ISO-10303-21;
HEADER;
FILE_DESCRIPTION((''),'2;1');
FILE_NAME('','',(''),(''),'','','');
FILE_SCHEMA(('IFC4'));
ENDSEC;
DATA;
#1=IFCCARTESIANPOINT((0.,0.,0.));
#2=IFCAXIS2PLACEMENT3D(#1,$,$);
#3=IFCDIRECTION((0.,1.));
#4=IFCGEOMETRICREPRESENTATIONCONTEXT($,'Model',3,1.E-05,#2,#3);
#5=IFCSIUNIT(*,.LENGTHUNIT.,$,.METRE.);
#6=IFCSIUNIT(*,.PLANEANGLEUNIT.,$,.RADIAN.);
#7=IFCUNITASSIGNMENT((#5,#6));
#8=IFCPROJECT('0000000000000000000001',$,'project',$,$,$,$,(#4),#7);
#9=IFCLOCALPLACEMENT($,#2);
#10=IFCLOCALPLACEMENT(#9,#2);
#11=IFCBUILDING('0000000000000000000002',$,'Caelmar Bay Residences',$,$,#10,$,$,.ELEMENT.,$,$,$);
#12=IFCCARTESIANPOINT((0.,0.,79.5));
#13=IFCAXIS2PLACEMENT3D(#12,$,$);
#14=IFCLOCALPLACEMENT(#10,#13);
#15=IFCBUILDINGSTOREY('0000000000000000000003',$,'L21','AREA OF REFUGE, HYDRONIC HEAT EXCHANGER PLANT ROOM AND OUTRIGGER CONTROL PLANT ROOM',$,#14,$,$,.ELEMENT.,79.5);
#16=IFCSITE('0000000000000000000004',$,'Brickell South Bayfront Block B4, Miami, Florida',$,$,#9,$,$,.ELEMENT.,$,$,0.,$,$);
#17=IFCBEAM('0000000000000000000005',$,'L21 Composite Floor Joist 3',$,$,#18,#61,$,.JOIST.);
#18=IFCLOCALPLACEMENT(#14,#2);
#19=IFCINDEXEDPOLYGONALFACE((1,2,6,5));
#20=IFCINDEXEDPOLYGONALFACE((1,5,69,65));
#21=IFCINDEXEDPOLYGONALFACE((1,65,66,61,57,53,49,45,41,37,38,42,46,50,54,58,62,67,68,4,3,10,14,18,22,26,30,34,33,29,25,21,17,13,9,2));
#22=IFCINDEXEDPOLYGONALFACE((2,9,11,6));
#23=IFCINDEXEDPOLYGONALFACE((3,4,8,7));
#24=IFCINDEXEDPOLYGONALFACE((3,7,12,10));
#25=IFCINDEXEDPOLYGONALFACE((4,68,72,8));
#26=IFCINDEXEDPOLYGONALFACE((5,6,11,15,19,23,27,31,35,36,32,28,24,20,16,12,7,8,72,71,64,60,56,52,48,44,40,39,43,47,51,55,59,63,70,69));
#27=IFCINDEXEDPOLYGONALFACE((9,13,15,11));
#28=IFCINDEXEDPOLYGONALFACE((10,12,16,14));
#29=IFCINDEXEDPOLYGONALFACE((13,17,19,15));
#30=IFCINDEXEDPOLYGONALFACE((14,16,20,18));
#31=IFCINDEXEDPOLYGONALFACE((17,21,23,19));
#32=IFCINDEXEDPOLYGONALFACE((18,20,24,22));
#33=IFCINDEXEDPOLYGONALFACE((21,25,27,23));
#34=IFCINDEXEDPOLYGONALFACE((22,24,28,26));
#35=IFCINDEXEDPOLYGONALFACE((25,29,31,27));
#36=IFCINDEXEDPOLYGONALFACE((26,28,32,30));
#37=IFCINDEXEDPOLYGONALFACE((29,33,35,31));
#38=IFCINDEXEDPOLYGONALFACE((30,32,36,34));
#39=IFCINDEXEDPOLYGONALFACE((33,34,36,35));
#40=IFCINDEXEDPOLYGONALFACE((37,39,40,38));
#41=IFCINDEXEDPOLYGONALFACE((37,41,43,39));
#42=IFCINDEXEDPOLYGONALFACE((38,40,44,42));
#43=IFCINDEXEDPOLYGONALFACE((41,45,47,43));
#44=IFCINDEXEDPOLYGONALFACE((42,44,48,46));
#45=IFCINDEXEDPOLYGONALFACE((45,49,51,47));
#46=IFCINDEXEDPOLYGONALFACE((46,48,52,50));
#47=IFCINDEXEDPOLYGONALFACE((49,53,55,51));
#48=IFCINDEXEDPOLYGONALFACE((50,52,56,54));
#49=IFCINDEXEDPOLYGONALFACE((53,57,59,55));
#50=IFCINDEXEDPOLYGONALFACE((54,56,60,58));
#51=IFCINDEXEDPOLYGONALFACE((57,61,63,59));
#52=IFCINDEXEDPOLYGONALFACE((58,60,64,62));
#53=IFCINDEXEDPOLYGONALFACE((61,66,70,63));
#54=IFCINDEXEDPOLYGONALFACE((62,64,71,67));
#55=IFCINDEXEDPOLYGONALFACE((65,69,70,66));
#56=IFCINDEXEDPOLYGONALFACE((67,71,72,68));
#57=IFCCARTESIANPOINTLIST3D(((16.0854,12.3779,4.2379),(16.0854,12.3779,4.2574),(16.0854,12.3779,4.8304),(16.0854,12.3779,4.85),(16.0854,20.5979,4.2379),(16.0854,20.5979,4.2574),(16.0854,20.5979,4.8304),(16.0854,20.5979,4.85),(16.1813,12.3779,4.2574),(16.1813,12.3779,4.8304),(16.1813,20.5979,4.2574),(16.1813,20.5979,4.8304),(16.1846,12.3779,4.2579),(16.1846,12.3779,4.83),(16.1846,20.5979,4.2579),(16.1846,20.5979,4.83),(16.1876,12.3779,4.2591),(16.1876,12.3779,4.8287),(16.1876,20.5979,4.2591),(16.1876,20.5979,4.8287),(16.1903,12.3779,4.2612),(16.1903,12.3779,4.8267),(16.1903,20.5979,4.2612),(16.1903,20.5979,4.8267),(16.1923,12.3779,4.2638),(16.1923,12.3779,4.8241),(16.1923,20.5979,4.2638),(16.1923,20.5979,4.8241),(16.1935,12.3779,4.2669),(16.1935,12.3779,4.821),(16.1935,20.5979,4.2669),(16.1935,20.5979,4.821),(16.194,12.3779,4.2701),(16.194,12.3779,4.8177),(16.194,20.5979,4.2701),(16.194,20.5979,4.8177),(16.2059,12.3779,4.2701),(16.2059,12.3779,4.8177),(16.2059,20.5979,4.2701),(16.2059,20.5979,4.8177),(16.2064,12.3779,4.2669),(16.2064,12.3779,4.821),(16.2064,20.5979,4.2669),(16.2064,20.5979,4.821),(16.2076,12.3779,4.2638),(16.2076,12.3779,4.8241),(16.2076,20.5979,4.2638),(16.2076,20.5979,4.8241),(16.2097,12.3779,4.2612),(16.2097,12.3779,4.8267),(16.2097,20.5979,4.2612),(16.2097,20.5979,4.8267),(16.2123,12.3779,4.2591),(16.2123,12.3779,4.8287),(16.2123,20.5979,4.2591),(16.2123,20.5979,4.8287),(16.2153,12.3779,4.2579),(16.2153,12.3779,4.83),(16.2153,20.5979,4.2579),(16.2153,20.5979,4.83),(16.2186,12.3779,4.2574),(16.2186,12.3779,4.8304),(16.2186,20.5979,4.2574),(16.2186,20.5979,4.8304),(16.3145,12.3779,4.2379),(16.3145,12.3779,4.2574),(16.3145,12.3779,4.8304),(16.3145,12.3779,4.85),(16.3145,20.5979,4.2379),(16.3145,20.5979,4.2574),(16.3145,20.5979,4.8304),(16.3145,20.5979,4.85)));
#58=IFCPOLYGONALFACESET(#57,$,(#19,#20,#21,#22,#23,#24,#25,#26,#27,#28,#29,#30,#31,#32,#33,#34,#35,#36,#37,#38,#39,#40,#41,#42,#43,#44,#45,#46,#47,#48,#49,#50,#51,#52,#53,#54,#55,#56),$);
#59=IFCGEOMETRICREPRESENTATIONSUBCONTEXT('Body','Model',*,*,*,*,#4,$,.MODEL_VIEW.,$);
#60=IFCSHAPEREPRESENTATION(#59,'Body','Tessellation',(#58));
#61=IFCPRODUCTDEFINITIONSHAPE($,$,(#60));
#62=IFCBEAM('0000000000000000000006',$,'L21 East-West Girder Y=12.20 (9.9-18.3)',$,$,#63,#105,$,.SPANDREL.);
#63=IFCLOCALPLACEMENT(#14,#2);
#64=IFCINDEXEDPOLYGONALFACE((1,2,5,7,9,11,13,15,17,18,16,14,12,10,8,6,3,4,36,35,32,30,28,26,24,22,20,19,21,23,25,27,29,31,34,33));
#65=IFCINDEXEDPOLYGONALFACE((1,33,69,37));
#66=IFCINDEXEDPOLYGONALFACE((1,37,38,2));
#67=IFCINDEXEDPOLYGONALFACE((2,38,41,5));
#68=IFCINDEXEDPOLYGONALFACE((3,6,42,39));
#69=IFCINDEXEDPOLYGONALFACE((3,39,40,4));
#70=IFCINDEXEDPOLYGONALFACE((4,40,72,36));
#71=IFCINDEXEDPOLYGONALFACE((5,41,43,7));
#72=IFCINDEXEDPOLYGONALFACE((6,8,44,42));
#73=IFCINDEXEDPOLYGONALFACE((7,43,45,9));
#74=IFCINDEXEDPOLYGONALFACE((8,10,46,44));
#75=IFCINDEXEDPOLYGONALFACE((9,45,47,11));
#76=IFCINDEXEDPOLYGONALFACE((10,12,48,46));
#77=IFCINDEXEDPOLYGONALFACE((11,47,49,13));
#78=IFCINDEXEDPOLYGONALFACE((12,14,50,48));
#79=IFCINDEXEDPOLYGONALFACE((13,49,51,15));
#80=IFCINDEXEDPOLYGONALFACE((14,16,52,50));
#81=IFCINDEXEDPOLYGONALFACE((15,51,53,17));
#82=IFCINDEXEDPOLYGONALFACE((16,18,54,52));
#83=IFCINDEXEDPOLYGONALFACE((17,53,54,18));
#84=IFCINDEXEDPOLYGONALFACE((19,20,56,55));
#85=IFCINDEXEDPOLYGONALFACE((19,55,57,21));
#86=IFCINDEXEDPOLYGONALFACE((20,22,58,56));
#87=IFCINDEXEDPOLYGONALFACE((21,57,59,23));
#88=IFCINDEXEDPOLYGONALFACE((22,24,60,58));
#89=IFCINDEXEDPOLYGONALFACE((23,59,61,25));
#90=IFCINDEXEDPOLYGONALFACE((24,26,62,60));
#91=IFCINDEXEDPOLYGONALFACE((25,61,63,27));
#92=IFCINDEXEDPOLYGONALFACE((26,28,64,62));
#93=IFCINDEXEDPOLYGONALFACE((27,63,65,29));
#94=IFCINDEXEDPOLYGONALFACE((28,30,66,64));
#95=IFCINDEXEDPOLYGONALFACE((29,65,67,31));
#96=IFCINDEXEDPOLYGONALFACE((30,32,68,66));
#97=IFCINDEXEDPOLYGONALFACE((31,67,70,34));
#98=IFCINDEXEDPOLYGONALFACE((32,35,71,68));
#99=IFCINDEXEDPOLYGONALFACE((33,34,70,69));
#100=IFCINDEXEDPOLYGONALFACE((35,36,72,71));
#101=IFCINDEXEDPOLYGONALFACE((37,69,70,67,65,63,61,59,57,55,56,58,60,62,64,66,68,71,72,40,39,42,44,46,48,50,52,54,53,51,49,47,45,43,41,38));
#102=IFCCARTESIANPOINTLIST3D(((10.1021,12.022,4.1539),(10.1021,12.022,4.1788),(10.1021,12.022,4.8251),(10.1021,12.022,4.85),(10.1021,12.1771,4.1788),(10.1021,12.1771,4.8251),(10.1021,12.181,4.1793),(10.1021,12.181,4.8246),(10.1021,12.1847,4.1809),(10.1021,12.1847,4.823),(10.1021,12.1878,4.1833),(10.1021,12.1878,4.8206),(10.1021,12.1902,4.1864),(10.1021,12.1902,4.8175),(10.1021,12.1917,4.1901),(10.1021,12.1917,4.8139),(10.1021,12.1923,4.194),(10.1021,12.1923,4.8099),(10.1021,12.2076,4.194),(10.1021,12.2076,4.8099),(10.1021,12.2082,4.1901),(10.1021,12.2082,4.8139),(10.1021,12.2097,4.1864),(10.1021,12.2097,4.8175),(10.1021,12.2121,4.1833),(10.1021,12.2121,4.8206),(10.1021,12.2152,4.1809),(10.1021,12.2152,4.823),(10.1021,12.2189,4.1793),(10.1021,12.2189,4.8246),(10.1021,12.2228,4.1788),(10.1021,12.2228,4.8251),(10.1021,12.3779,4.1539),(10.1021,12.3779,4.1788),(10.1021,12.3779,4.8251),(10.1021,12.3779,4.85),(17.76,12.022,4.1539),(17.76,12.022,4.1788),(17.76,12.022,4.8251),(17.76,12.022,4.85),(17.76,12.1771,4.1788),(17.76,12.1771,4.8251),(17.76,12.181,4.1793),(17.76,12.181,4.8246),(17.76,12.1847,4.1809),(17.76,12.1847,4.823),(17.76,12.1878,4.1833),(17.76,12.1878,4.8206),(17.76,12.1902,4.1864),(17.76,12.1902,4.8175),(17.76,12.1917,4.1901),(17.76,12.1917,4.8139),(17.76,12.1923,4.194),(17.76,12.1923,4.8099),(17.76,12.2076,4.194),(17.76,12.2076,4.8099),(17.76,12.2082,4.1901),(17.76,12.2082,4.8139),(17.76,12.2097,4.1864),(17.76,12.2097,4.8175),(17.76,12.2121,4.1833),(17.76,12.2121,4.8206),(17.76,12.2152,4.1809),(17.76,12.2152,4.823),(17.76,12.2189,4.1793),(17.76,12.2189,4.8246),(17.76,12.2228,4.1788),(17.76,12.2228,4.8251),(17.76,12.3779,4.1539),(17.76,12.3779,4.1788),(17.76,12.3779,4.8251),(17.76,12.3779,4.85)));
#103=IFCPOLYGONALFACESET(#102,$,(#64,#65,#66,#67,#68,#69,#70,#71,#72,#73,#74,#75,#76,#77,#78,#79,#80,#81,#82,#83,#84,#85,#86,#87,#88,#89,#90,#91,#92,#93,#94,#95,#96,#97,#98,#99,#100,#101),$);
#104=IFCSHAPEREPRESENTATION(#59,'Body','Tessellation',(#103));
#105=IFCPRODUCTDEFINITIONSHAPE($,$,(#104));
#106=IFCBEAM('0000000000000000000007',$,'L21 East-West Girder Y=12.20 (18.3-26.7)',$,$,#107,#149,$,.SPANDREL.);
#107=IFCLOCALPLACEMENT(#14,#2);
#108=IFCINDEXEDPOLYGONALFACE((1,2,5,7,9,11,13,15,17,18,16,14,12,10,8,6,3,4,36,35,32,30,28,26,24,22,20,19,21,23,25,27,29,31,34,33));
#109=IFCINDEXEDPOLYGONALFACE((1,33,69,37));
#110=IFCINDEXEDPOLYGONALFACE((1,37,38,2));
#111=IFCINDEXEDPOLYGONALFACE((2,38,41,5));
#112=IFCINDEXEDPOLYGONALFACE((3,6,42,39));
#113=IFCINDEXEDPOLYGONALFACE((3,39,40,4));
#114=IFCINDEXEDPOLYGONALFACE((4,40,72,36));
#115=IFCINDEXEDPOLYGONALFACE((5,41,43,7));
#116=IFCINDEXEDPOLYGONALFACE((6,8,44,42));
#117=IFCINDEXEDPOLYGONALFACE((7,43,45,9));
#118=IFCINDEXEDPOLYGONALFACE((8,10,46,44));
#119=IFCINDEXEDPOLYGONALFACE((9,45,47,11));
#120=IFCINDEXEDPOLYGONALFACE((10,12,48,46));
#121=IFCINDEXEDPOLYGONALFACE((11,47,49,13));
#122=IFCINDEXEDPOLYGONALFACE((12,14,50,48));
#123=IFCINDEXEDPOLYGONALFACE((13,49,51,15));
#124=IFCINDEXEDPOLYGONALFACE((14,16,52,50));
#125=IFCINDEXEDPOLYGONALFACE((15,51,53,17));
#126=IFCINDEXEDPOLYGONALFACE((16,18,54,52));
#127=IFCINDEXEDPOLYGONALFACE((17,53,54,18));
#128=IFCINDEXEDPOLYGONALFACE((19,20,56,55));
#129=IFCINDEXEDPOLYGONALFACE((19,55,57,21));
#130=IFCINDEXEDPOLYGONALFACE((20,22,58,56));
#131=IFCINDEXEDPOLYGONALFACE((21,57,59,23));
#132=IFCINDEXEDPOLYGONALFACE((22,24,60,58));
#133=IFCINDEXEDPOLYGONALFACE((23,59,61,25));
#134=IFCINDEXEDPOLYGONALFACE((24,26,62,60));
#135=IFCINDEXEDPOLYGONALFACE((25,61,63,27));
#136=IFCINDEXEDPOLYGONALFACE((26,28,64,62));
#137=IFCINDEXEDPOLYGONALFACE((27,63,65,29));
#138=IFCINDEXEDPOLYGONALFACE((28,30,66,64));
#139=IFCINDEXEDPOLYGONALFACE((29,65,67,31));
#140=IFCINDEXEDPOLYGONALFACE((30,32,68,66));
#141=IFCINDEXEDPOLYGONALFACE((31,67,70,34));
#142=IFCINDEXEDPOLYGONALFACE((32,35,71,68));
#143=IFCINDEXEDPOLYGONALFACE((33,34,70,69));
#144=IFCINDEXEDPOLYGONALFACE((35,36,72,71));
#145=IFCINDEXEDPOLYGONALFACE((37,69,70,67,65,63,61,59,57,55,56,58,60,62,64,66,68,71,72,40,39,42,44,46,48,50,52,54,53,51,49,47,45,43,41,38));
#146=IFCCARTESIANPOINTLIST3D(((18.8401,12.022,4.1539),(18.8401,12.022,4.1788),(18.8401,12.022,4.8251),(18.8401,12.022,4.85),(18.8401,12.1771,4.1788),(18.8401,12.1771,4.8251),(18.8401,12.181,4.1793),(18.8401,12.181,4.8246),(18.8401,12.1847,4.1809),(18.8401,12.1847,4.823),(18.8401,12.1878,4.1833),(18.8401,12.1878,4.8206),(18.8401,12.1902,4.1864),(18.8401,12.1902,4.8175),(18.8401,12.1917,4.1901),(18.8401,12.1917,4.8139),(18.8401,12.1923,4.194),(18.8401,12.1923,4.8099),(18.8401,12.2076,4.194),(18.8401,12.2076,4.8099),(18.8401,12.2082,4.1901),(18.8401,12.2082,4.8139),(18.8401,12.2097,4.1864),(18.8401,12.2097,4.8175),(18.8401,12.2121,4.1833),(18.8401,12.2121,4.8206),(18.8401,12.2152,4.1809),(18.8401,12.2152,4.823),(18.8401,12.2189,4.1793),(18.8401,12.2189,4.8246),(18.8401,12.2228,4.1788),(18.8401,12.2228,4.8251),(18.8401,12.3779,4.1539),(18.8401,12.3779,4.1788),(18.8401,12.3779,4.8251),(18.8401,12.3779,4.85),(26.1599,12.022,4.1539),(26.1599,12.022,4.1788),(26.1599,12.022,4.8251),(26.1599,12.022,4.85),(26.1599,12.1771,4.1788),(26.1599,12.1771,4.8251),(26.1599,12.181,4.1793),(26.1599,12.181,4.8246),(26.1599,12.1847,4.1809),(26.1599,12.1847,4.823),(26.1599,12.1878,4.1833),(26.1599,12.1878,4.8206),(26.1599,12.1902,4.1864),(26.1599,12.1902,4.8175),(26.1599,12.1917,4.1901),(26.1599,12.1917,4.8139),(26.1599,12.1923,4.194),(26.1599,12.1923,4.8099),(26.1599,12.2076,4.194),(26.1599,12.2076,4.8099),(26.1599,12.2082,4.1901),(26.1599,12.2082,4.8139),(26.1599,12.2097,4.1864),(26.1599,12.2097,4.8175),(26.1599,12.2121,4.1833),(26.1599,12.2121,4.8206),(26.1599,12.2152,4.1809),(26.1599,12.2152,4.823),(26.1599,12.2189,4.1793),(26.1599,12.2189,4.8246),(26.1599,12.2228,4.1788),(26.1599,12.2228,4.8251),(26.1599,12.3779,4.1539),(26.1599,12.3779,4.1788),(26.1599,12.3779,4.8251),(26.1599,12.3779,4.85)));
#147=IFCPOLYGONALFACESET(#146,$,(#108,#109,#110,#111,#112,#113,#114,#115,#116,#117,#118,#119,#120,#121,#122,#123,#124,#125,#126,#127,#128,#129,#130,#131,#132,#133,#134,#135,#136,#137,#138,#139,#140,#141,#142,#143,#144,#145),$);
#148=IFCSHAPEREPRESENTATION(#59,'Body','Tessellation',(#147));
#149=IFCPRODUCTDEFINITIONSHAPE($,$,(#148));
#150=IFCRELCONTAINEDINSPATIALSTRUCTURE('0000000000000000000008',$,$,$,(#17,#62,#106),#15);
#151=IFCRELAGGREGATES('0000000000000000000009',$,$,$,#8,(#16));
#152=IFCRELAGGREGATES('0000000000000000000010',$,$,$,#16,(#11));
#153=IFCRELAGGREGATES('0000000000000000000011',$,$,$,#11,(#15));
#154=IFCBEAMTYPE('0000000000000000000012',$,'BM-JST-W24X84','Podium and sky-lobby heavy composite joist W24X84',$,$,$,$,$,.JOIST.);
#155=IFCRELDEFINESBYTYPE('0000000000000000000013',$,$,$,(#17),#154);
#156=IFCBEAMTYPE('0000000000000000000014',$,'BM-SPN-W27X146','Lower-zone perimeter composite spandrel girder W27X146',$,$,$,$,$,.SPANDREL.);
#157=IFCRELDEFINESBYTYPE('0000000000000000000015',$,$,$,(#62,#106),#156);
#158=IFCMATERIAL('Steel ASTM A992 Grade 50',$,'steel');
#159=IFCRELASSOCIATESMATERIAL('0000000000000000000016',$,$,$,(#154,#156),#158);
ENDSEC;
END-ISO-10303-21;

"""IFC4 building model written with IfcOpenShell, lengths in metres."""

from ifc_helpers import new_model, si_unit, direction, frame, origin, origin_2d, place, context, subcontext, project, spatial, i_section, extrude, material, material_profile, profile_set, type_object, element, save


model = new_model("IFC4")

# Units and contexts
model_context = context("Model", 3, precision=1e-05, world=origin(), true_north=direction((0.0, 1.0)))
body_context = subcontext(model_context, "Body", "Model", "MODEL_VIEW")
ifc_project = project(units=[si_unit("LENGTHUNIT", "METRE"), si_unit("PLANEANGLEUNIT", "RADIAN")], contexts=[model_context])

# Site, building, storey
site_placement = place(None, origin())
site = spatial("IfcSite", under=ifc_project, at=site_placement, Name="Brickell South Bayfront Block B4, Miami, Florida", CompositionType="ELEMENT", RefElevation=0.0)
building_placement = place(site_placement, origin())
building = spatial("IfcBuilding", under=site, at=building_placement, Name="Caelmar Bay Residences", CompositionType="ELEMENT")
storey_placement = place(building_placement, frame((0.0, 0.0, 79.5)))
storey = spatial("IfcBuildingStorey", under=building, at=storey_placement, Name="L21", Description="AREA OF REFUGE, HYDRONIC HEAT EXCHANGER PLANT ROOM AND OUTRIGGER CONTROL PLANT ROOM", CompositionType="ELEMENT", Elevation=79.5)

# Shared definitions
ifc_material_1 = material(Name="Steel ASTM A992 Grade 50", Category="steel")

# Beams
ifc_material_profile_1 = material_profile(ifc_material_1, i_section(OverallWidth=0.229, OverallDepth=0.6121, WebThickness=0.012, FlangeThickness=0.0195, FilletRadius=0.0127, at=origin_2d()), Name="W24X84")
ifc_profile_set_1 = profile_set([ifc_material_profile_1], Name="Steel ASTM A992 Grade 50")
beam_type_1 = type_object("IfcBeamType", Name="BM-JST-W24X84", Description="Podium and sky-lobby heavy composite joist W24X84", PredefinedType="JOIST", material=ifc_profile_set_1)
for number, where, z_axis, x_axis, name in (
    (1, (16.2, 12.3779, 4.5439), (0.0, 1.0, 0.0), (-1.0, 0.0, 0.0), "L21 Composite Floor Joist 3"),
):
    element("IfcBeam", number, at=place(storey_placement, frame(where, z_axis=z_axis, x_axis=x_axis)), inside=storey, type_object=beam_type_1, Name=name, PredefinedType="JOIST", context=body_context, shape_type="SweptSolid", body=[
        extrude(i_section(OverallWidth=0.229, OverallDepth=0.6121, WebThickness=0.012, FlangeThickness=0.0195, FilletRadius=0.0127, at=origin_2d()), origin(), (0.0, 0.0, 1.0), 8.22),
    ])
ifc_material_profile_2 = material_profile(ifc_material_1, i_section(OverallWidth=0.356, OverallDepth=0.696, WebThickness=0.0154, FlangeThickness=0.0249, FilletRadius=0.0151, at=origin_2d()), Name="W27X146")
ifc_profile_set_2 = profile_set([ifc_material_profile_2], Name="Steel ASTM A992 Grade 50")
beam_type_2 = type_object("IfcBeamType", Name="BM-SPN-W27X146", Description="Lower-zone perimeter composite spandrel girder W27X146", PredefinedType="SPANDREL", material=ifc_profile_set_2)
beam_1_placement = place(storey_placement, frame((10.1021, 12.2, 4.502), z_axis=(1.0, 0.0, 0.0), x_axis=(0.0, 1.0, 0.0)))
element("IfcBeam", 2, at=beam_1_placement, inside=storey, type_object=beam_type_2, Name="L21 East-West Girder Y=12.20 (9.9-18.3)", PredefinedType="SPANDREL", context=body_context, shape_type="SweptSolid", body=[
    extrude(i_section(OverallWidth=0.356, OverallDepth=0.696, WebThickness=0.0154, FlangeThickness=0.0249, FilletRadius=0.0151, at=origin_2d()), origin(), (0.0, 0.0, 1.0), 7.658),
])
beam_2_placement = place(storey_placement, frame((18.8401, 12.2, 4.502), z_axis=(1.0, 0.0, 0.0), x_axis=(0.0, 1.0, 0.0)))
element("IfcBeam", 3, at=beam_2_placement, inside=storey, type_object=beam_type_2, Name="L21 East-West Girder Y=12.20 (18.3-26.7)", PredefinedType="SPANDREL", context=body_context, shape_type="SweptSolid", body=[
    extrude(i_section(OverallWidth=0.356, OverallDepth=0.696, WebThickness=0.0154, FlangeThickness=0.0249, FilletRadius=0.0151, at=origin_2d()), origin(), (0.0, 0.0, 1.0), 7.3198),
])

save(model, "model.ifc")
